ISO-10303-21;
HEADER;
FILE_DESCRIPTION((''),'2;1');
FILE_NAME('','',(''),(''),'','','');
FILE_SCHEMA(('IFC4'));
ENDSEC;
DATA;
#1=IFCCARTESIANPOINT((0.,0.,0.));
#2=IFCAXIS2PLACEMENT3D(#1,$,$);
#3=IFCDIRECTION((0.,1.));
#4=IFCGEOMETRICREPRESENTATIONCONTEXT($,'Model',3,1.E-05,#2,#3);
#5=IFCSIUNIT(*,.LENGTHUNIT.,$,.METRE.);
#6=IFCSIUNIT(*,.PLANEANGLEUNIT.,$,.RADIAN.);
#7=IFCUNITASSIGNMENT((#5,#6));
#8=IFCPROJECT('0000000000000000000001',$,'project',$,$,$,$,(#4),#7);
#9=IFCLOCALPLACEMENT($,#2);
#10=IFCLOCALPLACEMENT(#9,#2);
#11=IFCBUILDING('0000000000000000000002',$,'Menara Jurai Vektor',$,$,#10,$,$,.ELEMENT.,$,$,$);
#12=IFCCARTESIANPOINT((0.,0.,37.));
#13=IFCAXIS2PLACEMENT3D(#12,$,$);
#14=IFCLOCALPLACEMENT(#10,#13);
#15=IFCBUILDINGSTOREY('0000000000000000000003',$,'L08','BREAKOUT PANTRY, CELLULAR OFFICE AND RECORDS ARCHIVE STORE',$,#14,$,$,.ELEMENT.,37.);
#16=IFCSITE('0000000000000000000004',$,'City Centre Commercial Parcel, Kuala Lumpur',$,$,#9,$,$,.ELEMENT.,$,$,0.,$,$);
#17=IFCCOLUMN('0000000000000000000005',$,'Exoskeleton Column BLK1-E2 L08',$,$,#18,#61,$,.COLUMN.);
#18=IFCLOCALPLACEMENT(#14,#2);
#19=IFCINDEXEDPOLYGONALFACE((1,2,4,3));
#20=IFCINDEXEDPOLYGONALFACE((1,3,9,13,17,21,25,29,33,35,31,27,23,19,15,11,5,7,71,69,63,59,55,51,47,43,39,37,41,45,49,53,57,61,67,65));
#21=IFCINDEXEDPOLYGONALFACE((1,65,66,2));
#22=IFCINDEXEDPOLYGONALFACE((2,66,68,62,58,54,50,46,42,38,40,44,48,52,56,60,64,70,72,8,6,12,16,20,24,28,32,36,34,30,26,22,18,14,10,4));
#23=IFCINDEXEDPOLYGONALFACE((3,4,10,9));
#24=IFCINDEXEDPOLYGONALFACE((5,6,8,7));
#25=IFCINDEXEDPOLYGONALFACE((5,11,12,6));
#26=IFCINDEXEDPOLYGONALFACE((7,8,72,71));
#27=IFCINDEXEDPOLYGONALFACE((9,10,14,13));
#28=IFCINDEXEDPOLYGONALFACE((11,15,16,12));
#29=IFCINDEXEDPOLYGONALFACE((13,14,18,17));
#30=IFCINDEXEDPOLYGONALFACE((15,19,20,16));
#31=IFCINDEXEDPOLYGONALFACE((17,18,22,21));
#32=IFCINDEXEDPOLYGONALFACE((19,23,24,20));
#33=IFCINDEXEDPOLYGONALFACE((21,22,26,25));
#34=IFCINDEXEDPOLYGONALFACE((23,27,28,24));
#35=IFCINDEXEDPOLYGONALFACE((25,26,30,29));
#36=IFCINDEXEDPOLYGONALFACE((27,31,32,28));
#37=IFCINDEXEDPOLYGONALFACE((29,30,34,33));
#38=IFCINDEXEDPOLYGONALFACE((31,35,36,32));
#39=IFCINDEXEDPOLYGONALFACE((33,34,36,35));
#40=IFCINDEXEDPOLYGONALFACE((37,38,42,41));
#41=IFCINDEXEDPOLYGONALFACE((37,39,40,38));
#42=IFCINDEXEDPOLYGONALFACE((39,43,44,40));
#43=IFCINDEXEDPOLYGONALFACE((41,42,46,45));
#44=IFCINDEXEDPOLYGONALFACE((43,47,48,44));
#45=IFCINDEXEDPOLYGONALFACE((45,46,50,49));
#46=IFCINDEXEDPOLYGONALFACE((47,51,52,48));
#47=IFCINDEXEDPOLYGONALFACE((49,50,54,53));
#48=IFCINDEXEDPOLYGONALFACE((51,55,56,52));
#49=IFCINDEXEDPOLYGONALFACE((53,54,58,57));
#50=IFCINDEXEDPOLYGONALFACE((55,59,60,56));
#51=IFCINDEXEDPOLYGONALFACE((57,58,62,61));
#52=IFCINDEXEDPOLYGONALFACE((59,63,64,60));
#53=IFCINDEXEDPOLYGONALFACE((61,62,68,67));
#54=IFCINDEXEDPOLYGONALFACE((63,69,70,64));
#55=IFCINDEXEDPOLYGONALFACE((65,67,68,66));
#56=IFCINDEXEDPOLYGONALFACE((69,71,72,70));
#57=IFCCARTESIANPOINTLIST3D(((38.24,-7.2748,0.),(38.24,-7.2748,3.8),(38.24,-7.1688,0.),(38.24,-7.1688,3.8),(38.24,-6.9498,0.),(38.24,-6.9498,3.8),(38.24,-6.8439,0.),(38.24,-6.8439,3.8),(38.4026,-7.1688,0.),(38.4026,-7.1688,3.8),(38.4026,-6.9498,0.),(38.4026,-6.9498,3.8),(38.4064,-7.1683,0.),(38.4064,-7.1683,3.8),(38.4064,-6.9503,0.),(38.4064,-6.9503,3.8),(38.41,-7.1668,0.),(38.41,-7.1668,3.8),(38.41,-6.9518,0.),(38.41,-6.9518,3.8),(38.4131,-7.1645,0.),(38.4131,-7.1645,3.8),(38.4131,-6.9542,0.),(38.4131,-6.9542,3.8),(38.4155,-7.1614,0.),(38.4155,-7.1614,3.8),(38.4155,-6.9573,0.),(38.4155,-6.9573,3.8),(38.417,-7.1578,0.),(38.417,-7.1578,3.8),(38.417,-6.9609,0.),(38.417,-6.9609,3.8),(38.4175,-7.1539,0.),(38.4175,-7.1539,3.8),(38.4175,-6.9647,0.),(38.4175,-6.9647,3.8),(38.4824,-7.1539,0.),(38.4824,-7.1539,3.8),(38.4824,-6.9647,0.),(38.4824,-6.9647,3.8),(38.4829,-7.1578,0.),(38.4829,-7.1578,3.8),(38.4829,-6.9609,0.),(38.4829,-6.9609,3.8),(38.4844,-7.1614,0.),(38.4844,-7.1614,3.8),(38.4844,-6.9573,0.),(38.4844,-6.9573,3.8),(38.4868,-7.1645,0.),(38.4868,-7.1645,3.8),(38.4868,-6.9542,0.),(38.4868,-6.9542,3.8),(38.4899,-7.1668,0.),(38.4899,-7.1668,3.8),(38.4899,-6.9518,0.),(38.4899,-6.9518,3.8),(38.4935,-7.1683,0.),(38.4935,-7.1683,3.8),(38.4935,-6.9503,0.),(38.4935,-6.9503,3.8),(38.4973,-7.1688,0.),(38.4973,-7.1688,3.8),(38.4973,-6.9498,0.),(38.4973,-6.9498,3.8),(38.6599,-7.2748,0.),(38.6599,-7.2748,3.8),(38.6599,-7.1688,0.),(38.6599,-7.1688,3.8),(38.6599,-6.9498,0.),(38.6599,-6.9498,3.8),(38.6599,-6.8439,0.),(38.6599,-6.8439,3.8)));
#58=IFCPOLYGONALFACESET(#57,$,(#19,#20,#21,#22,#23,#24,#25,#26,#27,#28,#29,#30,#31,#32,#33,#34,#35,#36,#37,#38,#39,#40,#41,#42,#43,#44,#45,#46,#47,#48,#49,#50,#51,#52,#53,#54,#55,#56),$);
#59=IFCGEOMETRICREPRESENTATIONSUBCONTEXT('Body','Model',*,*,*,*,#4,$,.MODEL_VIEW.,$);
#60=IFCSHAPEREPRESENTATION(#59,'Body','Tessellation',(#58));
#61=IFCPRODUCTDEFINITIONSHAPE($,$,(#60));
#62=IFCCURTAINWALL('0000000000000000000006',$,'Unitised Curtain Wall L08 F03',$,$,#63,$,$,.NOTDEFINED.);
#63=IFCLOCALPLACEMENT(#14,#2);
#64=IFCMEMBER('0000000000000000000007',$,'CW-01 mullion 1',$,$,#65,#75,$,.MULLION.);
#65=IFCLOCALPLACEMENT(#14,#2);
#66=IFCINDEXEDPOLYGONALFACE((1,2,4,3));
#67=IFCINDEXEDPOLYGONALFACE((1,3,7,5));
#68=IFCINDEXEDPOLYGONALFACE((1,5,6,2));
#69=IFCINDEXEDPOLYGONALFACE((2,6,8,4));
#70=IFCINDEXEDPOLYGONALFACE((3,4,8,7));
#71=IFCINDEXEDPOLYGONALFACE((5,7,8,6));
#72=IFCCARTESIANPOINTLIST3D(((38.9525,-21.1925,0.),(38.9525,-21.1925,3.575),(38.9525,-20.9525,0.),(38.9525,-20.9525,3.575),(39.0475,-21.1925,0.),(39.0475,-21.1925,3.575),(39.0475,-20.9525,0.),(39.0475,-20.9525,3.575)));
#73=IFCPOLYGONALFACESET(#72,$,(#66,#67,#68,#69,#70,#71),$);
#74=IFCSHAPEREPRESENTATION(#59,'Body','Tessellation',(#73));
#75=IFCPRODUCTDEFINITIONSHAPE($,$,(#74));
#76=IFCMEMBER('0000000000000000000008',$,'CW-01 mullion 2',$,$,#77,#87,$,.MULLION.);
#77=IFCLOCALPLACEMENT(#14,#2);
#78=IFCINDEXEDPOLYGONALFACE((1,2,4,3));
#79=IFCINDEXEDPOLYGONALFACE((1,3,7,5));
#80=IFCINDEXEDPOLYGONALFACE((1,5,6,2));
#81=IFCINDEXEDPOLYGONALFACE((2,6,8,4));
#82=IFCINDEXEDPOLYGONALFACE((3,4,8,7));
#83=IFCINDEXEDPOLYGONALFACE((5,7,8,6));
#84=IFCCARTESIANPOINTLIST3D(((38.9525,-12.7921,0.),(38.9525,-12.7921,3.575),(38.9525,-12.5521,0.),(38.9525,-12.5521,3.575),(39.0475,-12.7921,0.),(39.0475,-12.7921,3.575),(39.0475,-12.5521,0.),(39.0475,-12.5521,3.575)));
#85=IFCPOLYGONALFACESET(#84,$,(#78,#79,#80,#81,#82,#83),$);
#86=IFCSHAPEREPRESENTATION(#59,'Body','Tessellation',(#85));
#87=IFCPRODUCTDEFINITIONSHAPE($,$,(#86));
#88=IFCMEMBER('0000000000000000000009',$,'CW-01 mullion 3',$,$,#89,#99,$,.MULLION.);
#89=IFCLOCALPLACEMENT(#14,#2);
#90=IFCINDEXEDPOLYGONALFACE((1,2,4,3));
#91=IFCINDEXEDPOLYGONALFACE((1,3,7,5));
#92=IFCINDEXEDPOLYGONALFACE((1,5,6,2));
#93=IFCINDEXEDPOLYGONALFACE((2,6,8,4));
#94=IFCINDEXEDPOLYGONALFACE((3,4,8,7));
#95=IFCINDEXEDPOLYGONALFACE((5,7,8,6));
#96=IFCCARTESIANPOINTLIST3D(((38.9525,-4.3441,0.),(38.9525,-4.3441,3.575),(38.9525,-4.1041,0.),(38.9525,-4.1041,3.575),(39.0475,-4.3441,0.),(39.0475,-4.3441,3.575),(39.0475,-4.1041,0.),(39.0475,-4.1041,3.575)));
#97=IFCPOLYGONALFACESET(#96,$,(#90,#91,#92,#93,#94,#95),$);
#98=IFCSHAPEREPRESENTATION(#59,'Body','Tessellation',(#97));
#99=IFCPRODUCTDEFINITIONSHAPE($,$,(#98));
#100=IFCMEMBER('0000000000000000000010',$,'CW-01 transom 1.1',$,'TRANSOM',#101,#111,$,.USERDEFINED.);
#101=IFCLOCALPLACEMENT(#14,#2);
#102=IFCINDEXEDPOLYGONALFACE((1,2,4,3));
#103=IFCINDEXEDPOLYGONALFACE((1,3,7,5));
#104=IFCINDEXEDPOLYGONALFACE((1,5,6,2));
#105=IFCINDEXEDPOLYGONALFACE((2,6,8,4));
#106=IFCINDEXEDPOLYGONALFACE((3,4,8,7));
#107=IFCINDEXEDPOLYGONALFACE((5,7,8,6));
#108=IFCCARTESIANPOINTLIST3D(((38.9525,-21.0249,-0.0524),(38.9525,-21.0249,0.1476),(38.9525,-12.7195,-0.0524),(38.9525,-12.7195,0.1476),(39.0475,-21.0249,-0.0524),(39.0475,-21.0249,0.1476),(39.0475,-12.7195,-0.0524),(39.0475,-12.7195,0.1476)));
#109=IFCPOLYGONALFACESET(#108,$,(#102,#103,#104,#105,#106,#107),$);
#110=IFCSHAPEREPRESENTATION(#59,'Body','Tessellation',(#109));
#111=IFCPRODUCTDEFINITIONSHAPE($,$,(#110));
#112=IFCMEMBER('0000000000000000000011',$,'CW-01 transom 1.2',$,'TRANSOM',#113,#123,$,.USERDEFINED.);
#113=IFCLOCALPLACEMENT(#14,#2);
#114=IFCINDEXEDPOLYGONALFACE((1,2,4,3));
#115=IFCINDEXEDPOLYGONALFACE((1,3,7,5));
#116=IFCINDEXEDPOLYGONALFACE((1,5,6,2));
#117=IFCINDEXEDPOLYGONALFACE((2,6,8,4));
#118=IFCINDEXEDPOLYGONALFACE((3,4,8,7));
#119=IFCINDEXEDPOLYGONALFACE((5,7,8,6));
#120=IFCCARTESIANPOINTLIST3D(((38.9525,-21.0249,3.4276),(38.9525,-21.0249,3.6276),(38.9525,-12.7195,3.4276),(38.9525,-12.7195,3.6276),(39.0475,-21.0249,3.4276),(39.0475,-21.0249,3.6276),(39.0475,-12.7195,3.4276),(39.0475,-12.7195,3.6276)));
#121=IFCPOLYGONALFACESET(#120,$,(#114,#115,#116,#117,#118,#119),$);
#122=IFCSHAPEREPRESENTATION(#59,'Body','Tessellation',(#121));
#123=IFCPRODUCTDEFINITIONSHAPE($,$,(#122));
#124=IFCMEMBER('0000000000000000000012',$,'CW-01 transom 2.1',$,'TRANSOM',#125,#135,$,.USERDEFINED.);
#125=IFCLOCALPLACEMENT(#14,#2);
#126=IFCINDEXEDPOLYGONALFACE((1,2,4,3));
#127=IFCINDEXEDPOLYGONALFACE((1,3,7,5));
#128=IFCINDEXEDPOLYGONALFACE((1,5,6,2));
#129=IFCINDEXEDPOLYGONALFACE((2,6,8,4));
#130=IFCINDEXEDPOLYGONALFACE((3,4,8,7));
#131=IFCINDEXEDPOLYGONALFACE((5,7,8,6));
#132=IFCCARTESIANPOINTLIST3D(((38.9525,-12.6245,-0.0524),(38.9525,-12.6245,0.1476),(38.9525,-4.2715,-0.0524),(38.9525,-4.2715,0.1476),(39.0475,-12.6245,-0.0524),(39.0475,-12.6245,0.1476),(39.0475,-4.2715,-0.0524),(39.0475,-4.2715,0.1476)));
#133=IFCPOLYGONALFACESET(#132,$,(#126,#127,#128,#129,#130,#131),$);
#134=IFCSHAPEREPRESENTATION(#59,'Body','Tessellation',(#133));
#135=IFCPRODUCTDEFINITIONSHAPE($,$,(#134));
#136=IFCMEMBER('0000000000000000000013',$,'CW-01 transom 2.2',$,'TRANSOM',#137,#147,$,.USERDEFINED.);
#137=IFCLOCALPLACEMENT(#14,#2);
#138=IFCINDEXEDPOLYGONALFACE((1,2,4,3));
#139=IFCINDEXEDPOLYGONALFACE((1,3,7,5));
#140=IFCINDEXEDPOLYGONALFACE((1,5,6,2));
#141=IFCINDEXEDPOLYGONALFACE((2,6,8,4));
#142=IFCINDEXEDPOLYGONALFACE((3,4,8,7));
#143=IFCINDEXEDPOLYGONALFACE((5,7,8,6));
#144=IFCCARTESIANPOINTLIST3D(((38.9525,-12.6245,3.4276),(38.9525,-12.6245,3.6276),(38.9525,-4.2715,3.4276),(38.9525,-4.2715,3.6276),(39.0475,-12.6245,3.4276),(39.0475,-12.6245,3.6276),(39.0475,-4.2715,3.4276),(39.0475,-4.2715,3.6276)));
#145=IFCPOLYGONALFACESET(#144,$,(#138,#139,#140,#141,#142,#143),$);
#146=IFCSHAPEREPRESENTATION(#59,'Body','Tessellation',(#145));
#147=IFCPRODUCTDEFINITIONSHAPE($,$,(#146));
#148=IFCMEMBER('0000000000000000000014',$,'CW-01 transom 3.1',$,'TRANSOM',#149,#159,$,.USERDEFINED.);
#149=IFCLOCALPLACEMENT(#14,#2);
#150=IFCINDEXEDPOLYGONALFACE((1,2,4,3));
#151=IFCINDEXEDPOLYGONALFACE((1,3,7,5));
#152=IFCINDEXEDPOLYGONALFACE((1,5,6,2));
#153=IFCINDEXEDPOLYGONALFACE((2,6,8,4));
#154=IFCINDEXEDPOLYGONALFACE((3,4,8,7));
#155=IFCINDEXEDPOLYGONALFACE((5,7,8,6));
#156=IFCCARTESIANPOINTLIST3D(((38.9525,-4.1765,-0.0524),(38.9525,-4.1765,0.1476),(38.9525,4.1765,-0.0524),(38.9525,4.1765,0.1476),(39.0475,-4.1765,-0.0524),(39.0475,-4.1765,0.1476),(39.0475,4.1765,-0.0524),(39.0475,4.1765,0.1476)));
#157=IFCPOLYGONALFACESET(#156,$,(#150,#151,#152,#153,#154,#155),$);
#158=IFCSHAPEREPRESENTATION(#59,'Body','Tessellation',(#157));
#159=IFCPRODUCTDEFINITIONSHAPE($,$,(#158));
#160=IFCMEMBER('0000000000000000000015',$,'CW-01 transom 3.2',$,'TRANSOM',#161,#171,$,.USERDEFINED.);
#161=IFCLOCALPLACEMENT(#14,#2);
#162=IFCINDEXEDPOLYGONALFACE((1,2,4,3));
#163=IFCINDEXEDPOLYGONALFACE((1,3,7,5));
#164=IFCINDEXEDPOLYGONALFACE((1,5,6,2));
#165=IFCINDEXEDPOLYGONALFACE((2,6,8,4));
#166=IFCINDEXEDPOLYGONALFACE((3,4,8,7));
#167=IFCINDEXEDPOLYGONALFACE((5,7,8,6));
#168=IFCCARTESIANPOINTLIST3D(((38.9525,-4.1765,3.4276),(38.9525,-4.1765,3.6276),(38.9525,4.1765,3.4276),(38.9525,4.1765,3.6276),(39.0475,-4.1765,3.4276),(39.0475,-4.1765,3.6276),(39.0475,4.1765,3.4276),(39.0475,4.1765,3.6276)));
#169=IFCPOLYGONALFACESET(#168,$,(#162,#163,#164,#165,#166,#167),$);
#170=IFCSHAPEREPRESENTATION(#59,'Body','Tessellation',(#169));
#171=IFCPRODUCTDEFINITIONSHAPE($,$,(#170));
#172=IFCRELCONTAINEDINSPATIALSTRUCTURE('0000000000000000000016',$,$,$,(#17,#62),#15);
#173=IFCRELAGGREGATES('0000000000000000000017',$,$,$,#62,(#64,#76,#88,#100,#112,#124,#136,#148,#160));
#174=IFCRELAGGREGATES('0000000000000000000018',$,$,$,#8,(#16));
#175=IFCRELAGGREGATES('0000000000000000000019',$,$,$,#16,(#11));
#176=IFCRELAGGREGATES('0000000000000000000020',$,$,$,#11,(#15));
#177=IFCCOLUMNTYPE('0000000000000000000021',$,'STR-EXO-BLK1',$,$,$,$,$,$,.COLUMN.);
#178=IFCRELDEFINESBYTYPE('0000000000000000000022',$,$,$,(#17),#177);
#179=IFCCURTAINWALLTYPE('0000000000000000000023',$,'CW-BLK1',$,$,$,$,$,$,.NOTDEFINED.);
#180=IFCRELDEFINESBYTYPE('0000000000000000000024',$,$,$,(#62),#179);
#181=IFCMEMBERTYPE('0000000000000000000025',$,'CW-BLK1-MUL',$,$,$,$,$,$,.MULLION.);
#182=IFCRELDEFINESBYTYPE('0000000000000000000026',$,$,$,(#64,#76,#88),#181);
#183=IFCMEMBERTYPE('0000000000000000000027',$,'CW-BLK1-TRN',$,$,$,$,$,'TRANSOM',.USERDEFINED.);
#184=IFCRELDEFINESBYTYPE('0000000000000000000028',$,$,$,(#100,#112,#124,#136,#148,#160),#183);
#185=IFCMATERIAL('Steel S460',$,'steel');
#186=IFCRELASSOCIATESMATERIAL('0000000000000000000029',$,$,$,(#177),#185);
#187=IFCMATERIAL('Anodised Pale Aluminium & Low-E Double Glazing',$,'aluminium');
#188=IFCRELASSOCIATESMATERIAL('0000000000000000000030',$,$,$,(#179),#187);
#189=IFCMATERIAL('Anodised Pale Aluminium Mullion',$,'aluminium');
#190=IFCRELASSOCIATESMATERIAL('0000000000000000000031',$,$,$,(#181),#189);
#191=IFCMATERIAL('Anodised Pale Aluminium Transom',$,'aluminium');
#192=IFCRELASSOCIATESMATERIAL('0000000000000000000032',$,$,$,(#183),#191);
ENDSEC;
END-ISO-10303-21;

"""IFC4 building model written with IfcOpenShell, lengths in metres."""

from ifc_helpers import new_model, si_unit, direction, frame, origin, origin_2d, place, context, subcontext, project, spatial, rectangle, i_section, extrude, material, material_profile, profile_set, type_object, element, aggregate, save


model = new_model("IFC4")

# Units and contexts
model_context = context("Model", 3, precision=1e-05, world=origin(), true_north=direction((0.0, 1.0)))
body_context = subcontext(model_context, "Body", "Model", "MODEL_VIEW")
ifc_project = project(units=[si_unit("LENGTHUNIT", "METRE"), si_unit("PLANEANGLEUNIT", "RADIAN")], contexts=[model_context])

# Site, building, storey
site_placement = place(None, origin())
site = spatial("IfcSite", under=ifc_project, at=site_placement, Name="City Centre Commercial Parcel, Kuala Lumpur", CompositionType="ELEMENT", RefElevation=0.0)
building_placement = place(site_placement, origin())
building = spatial("IfcBuilding", under=site, at=building_placement, Name="Menara Jurai Vektor", CompositionType="ELEMENT")
storey_placement = place(building_placement, frame((0.0, 0.0, 37.0)))
storey = spatial("IfcBuildingStorey", under=building, at=storey_placement, Name="L08", Description="BREAKOUT PANTRY, CELLULAR OFFICE AND RECORDS ARCHIVE STORE", CompositionType="ELEMENT", Elevation=37.0)

# Column
ifc_material_1 = material(Name="Steel S460", Category="steel")
ifc_material_profile_1 = material_profile(ifc_material_1, i_section(OverallWidth=0.4199, OverallDepth=0.4309, WebThickness=0.0649, FlangeThickness=0.106, FilletRadius=0.0149, at=origin_2d()), Name="HD 400x900")
ifc_profile_set_1 = profile_set([ifc_material_profile_1], Name="Steel S460")
column_type = type_object("IfcColumnType", Name="STR-EXO-BLK1", PredefinedType="COLUMN", material=ifc_profile_set_1)
column_placement = place(storey_placement, frame((38.45, -7.0593, 0.0), z_axis=(0.0, 0.0, 1.0), x_axis=(1.0, 0.0, 0.0)))
element("IfcColumn", 1, at=column_placement, inside=storey, type_object=column_type, Name="Exoskeleton Column BLK1-E2 L08", PredefinedType="COLUMN", context=body_context, shape_type="SweptSolid", body=[
    extrude(i_section(OverallWidth=0.4199, OverallDepth=0.4309, WebThickness=0.0649, FlangeThickness=0.106, FilletRadius=0.0149, at=origin_2d()), origin(), (0.0, 0.0, 1.0), 3.8),
])

# Curtain wall, members
ifc_material_2 = material(Name="Anodised Pale Aluminium & Low-E Double Glazing", Category="aluminium")
curtain_wall_type = type_object("IfcCurtainWallType", Name="CW-BLK1", PredefinedType="NOTDEFINED", material=ifc_material_2)
curtain_wall_placement = place(storey_placement, origin())
curtain_wall = element("IfcCurtainWall", 2, at=curtain_wall_placement, inside=storey, type_object=curtain_wall_type, Name="Unitised Curtain Wall L08 F03", PredefinedType="NOTDEFINED")
ifc_material_3 = material(Name="Anodised Pale Aluminium Mullion", Category="aluminium")
ifc_material_profile_2 = material_profile(ifc_material_3, rectangle(XDim=0.095, YDim=0.24, at=origin_2d()), Name="ALU MUL 95x240")
ifc_profile_set_2 = profile_set([ifc_material_profile_2], Name="Anodised Pale Aluminium Mullion")
member_type_1 = type_object("IfcMemberType", Name="CW-BLK1-MUL", PredefinedType="MULLION", material=ifc_profile_set_2)
member_1_placement = place(storey_placement, frame((39.0, -21.0725, 0.0), z_axis=(0.0, 0.0, 1.0), x_axis=(-1.0, 0.0, 0.0)))
member_1 = element("IfcMember", 3, at=member_1_placement, type_object=member_type_1, Name="CW-01 mullion 1", PredefinedType="MULLION", context=body_context, shape_type="SweptSolid", body=[
    extrude(rectangle(XDim=0.095, YDim=0.24, at=origin_2d()), origin(), (0.0, 0.0, 1.0), 3.575),
])
member_2_placement = place(storey_placement, frame((39.0, -12.6721, 0.0), z_axis=(0.0, 0.0, 1.0), x_axis=(-1.0, 0.0, 0.0)))
member_2 = element("IfcMember", 4, at=member_2_placement, type_object=member_type_1, Name="CW-01 mullion 2", PredefinedType="MULLION", context=body_context, shape_type="SweptSolid", body=[
    extrude(rectangle(XDim=0.095, YDim=0.24, at=origin_2d()), origin(), (0.0, 0.0, 1.0), 3.575),
])
member_3_placement = place(storey_placement, frame((39.0, -4.2241, 0.0), z_axis=(0.0, 0.0, 1.0), x_axis=(-1.0, 0.0, 0.0)))
member_3 = element("IfcMember", 5, at=member_3_placement, type_object=member_type_1, Name="CW-01 mullion 3", PredefinedType="MULLION", context=body_context, shape_type="SweptSolid", body=[
    extrude(rectangle(XDim=0.095, YDim=0.24, at=origin_2d()), origin(), (0.0, 0.0, 1.0), 3.575),
])
ifc_material_4 = material(Name="Anodised Pale Aluminium Transom", Category="aluminium")
ifc_material_profile_3 = material_profile(ifc_material_4, rectangle(XDim=0.095, YDim=0.2, at=origin_2d()), Name="ALU TRN 95x200")
ifc_profile_set_3 = profile_set([ifc_material_profile_3], Name="Anodised Pale Aluminium Transom")
member_type_2 = type_object("IfcMemberType", Name="CW-BLK1-TRN", ElementType="TRANSOM", PredefinedType="USERDEFINED", material=ifc_profile_set_3)
member_4_placement = place(storey_placement, frame((39.0, -21.0249, 0.0476), z_axis=(0.0, 1.0, 0.0), x_axis=(-1.0, 0.0, 0.0)))
member_4 = element("IfcMember", 6, at=member_4_placement, type_object=member_type_2, Name="CW-01 transom 1.1", ObjectType="TRANSOM", PredefinedType="USERDEFINED", context=body_context, shape_type="SweptSolid", body=[
    extrude(rectangle(XDim=0.095, YDim=0.2, at=origin_2d()), origin(), (0.0, 0.0, 1.0), 8.3054),
])
member_5_placement = place(storey_placement, frame((39.0, -21.0249, 3.5276), z_axis=(0.0, 1.0, 0.0), x_axis=(-1.0, 0.0, 0.0)))
member_5 = element("IfcMember", 7, at=member_5_placement, type_object=member_type_2, Name="CW-01 transom 1.2", ObjectType="TRANSOM", PredefinedType="USERDEFINED", context=body_context, shape_type="SweptSolid", body=[
    extrude(rectangle(XDim=0.095, YDim=0.2, at=origin_2d()), origin(), (0.0, 0.0, 1.0), 8.3054),
])
member_6_placement = place(storey_placement, frame((39.0, -12.6245, 0.0476), z_axis=(0.0, 1.0, 0.0), x_axis=(-1.0, 0.0, 0.0)))
member_6 = element("IfcMember", 8, at=member_6_placement, type_object=member_type_2, Name="CW-01 transom 2.1", ObjectType="TRANSOM", PredefinedType="USERDEFINED", context=body_context, shape_type="SweptSolid", body=[
    extrude(rectangle(XDim=0.095, YDim=0.2, at=origin_2d()), origin(), (0.0, 0.0, 1.0), 8.353),
])
member_7_placement = place(storey_placement, frame((39.0, -12.6245, 3.5276), z_axis=(0.0, 1.0, 0.0), x_axis=(-1.0, 0.0, 0.0)))
member_7 = element("IfcMember", 9, at=member_7_placement, type_object=member_type_2, Name="CW-01 transom 2.2", ObjectType="TRANSOM", PredefinedType="USERDEFINED", context=body_context, shape_type="SweptSolid", body=[
    extrude(rectangle(XDim=0.095, YDim=0.2, at=origin_2d()), origin(), (0.0, 0.0, 1.0), 8.353),
])
member_8_placement = place(storey_placement, frame((39.0, -4.1765, 0.0476), z_axis=(0.0, 1.0, 0.0), x_axis=(-1.0, 0.0, 0.0)))
member_8 = element("IfcMember", 10, at=member_8_placement, type_object=member_type_2, Name="CW-01 transom 3.1", ObjectType="TRANSOM", PredefinedType="USERDEFINED", context=body_context, shape_type="SweptSolid", body=[
    extrude(rectangle(XDim=0.095, YDim=0.2, at=origin_2d()), origin(), (0.0, 0.0, 1.0), 8.353),
])
member_9_placement = place(storey_placement, frame((39.0, -4.1765, 3.5276), z_axis=(0.0, 1.0, 0.0), x_axis=(-1.0, 0.0, 0.0)))
member_9 = element("IfcMember", 11, at=member_9_placement, type_object=member_type_2, Name="CW-01 transom 3.2", ObjectType="TRANSOM", PredefinedType="USERDEFINED", context=body_context, shape_type="SweptSolid", body=[
    extrude(rectangle(XDim=0.095, YDim=0.2, at=origin_2d()), origin(), (0.0, 0.0, 1.0), 8.353),
])

aggregate(curtain_wall, [member_1, member_2, member_3, member_4, member_5, member_6, member_7, member_8, member_9])

save(model, "model.ifc")
